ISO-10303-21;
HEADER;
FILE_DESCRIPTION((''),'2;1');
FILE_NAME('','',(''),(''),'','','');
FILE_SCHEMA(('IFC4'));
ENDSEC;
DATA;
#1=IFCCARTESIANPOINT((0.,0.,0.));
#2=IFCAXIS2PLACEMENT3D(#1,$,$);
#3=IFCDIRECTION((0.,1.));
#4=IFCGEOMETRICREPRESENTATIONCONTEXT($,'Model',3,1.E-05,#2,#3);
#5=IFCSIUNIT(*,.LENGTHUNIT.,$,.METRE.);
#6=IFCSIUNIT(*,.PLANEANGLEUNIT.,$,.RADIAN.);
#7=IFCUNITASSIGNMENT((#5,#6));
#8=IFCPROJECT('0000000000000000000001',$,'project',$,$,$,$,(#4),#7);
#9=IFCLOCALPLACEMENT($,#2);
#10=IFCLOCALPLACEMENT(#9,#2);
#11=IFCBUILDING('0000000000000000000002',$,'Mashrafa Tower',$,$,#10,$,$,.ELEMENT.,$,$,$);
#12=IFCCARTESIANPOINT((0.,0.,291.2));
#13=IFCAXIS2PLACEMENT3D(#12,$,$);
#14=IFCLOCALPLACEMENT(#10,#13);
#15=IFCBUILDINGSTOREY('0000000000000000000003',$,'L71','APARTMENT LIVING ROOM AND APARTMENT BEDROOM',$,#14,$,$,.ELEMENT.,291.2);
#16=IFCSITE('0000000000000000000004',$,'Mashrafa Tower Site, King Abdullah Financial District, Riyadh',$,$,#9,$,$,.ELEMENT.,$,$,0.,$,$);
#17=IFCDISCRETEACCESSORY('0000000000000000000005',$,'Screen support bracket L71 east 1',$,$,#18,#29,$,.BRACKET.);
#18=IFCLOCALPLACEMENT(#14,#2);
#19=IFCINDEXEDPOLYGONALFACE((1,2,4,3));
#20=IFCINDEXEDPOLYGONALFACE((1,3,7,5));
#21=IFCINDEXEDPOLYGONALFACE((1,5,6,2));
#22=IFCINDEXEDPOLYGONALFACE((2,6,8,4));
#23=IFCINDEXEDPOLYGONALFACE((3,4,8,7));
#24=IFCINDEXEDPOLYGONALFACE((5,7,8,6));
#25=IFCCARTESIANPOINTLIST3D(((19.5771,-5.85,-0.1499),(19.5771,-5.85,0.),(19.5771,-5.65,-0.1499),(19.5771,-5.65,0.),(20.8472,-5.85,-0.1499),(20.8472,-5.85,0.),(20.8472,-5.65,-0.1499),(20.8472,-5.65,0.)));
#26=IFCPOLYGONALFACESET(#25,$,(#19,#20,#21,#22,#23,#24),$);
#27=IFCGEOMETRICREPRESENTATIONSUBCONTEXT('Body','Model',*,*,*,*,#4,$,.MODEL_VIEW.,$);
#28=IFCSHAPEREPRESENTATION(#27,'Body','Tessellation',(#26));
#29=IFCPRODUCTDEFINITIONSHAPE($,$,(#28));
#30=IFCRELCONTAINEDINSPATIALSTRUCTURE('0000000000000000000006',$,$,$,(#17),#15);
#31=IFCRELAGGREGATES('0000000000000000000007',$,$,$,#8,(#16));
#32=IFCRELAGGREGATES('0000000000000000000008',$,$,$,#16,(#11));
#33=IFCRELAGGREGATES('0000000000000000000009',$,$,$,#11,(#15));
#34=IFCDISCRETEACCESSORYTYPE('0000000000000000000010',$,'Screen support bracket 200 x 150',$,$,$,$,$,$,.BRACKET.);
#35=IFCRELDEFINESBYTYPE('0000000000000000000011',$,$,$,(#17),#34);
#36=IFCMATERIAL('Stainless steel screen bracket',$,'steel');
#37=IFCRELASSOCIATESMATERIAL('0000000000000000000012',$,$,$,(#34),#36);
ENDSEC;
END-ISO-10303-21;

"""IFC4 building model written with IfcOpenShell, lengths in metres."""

from ifc_helpers import new_model, si_unit, direction, frame, origin, origin_2d, place, context, subcontext, project, spatial, rectangle, extrude, source, transform, mapped, material, type_object, type_shapes, element, save


model = new_model("IFC4")

# Units and contexts
model_context = context("Model", 3, precision=1e-05, world=origin(), true_north=direction((0.0, 1.0)))
body_context = subcontext(model_context, "Body", "Model", "MODEL_VIEW")
ifc_project = project(units=[si_unit("LENGTHUNIT", "METRE"), si_unit("PLANEANGLEUNIT", "RADIAN")], contexts=[model_context])

# Site, building, storey
site_placement = place(None, origin())
site = spatial("IfcSite", under=ifc_project, at=site_placement, Name="Mashrafa Tower Site, King Abdullah Financial District, Riyadh", CompositionType="ELEMENT", RefElevation=0.0)
building_placement = place(site_placement, origin())
building = spatial("IfcBuilding", under=site, at=building_placement, Name="Mashrafa Tower", CompositionType="ELEMENT")
storey_placement = place(building_placement, frame((0.0, 0.0, 291.2)))
storey = spatial("IfcBuildingStorey", under=building, at=storey_placement, Name="L71", Description="APARTMENT LIVING ROOM AND APARTMENT BEDROOM", CompositionType="ELEMENT", Elevation=291.2)

# Discrete accessory
ifc_material_1 = material(Name="Stainless steel screen bracket", Category="steel")
discrete_accessory_type = type_object("IfcDiscreteAccessoryType", Name="Screen support bracket 200 x 150", PredefinedType="BRACKET", material=ifc_material_1)
shared_shape_1 = source(origin(), body_context, "Body", "SweptSolid", [
    extrude(rectangle(XDim=0.2, YDim=1.27, at=origin_2d()), origin(), (0.0, 0.0, 1.0), 0.1499),
])
type_shapes(discrete_accessory_type, [shared_shape_1])
discrete_accessory_placement = place(storey_placement, frame((20.2122, -5.75, -0.1499), z_axis=(0.0, 0.0, 1.0), x_axis=(0.0, 1.0, 0.0)))
element("IfcDiscreteAccessory", 1, at=discrete_accessory_placement, inside=storey, type_object=discrete_accessory_type, Name="Screen support bracket L71 east 1", PredefinedType="BRACKET", context=body_context, shape_type="MappedRepresentation", body=[
    mapped(shared_shape_1, transform((0.0, 0.0, 0.0))),
])

save(model, "model.ifc")
